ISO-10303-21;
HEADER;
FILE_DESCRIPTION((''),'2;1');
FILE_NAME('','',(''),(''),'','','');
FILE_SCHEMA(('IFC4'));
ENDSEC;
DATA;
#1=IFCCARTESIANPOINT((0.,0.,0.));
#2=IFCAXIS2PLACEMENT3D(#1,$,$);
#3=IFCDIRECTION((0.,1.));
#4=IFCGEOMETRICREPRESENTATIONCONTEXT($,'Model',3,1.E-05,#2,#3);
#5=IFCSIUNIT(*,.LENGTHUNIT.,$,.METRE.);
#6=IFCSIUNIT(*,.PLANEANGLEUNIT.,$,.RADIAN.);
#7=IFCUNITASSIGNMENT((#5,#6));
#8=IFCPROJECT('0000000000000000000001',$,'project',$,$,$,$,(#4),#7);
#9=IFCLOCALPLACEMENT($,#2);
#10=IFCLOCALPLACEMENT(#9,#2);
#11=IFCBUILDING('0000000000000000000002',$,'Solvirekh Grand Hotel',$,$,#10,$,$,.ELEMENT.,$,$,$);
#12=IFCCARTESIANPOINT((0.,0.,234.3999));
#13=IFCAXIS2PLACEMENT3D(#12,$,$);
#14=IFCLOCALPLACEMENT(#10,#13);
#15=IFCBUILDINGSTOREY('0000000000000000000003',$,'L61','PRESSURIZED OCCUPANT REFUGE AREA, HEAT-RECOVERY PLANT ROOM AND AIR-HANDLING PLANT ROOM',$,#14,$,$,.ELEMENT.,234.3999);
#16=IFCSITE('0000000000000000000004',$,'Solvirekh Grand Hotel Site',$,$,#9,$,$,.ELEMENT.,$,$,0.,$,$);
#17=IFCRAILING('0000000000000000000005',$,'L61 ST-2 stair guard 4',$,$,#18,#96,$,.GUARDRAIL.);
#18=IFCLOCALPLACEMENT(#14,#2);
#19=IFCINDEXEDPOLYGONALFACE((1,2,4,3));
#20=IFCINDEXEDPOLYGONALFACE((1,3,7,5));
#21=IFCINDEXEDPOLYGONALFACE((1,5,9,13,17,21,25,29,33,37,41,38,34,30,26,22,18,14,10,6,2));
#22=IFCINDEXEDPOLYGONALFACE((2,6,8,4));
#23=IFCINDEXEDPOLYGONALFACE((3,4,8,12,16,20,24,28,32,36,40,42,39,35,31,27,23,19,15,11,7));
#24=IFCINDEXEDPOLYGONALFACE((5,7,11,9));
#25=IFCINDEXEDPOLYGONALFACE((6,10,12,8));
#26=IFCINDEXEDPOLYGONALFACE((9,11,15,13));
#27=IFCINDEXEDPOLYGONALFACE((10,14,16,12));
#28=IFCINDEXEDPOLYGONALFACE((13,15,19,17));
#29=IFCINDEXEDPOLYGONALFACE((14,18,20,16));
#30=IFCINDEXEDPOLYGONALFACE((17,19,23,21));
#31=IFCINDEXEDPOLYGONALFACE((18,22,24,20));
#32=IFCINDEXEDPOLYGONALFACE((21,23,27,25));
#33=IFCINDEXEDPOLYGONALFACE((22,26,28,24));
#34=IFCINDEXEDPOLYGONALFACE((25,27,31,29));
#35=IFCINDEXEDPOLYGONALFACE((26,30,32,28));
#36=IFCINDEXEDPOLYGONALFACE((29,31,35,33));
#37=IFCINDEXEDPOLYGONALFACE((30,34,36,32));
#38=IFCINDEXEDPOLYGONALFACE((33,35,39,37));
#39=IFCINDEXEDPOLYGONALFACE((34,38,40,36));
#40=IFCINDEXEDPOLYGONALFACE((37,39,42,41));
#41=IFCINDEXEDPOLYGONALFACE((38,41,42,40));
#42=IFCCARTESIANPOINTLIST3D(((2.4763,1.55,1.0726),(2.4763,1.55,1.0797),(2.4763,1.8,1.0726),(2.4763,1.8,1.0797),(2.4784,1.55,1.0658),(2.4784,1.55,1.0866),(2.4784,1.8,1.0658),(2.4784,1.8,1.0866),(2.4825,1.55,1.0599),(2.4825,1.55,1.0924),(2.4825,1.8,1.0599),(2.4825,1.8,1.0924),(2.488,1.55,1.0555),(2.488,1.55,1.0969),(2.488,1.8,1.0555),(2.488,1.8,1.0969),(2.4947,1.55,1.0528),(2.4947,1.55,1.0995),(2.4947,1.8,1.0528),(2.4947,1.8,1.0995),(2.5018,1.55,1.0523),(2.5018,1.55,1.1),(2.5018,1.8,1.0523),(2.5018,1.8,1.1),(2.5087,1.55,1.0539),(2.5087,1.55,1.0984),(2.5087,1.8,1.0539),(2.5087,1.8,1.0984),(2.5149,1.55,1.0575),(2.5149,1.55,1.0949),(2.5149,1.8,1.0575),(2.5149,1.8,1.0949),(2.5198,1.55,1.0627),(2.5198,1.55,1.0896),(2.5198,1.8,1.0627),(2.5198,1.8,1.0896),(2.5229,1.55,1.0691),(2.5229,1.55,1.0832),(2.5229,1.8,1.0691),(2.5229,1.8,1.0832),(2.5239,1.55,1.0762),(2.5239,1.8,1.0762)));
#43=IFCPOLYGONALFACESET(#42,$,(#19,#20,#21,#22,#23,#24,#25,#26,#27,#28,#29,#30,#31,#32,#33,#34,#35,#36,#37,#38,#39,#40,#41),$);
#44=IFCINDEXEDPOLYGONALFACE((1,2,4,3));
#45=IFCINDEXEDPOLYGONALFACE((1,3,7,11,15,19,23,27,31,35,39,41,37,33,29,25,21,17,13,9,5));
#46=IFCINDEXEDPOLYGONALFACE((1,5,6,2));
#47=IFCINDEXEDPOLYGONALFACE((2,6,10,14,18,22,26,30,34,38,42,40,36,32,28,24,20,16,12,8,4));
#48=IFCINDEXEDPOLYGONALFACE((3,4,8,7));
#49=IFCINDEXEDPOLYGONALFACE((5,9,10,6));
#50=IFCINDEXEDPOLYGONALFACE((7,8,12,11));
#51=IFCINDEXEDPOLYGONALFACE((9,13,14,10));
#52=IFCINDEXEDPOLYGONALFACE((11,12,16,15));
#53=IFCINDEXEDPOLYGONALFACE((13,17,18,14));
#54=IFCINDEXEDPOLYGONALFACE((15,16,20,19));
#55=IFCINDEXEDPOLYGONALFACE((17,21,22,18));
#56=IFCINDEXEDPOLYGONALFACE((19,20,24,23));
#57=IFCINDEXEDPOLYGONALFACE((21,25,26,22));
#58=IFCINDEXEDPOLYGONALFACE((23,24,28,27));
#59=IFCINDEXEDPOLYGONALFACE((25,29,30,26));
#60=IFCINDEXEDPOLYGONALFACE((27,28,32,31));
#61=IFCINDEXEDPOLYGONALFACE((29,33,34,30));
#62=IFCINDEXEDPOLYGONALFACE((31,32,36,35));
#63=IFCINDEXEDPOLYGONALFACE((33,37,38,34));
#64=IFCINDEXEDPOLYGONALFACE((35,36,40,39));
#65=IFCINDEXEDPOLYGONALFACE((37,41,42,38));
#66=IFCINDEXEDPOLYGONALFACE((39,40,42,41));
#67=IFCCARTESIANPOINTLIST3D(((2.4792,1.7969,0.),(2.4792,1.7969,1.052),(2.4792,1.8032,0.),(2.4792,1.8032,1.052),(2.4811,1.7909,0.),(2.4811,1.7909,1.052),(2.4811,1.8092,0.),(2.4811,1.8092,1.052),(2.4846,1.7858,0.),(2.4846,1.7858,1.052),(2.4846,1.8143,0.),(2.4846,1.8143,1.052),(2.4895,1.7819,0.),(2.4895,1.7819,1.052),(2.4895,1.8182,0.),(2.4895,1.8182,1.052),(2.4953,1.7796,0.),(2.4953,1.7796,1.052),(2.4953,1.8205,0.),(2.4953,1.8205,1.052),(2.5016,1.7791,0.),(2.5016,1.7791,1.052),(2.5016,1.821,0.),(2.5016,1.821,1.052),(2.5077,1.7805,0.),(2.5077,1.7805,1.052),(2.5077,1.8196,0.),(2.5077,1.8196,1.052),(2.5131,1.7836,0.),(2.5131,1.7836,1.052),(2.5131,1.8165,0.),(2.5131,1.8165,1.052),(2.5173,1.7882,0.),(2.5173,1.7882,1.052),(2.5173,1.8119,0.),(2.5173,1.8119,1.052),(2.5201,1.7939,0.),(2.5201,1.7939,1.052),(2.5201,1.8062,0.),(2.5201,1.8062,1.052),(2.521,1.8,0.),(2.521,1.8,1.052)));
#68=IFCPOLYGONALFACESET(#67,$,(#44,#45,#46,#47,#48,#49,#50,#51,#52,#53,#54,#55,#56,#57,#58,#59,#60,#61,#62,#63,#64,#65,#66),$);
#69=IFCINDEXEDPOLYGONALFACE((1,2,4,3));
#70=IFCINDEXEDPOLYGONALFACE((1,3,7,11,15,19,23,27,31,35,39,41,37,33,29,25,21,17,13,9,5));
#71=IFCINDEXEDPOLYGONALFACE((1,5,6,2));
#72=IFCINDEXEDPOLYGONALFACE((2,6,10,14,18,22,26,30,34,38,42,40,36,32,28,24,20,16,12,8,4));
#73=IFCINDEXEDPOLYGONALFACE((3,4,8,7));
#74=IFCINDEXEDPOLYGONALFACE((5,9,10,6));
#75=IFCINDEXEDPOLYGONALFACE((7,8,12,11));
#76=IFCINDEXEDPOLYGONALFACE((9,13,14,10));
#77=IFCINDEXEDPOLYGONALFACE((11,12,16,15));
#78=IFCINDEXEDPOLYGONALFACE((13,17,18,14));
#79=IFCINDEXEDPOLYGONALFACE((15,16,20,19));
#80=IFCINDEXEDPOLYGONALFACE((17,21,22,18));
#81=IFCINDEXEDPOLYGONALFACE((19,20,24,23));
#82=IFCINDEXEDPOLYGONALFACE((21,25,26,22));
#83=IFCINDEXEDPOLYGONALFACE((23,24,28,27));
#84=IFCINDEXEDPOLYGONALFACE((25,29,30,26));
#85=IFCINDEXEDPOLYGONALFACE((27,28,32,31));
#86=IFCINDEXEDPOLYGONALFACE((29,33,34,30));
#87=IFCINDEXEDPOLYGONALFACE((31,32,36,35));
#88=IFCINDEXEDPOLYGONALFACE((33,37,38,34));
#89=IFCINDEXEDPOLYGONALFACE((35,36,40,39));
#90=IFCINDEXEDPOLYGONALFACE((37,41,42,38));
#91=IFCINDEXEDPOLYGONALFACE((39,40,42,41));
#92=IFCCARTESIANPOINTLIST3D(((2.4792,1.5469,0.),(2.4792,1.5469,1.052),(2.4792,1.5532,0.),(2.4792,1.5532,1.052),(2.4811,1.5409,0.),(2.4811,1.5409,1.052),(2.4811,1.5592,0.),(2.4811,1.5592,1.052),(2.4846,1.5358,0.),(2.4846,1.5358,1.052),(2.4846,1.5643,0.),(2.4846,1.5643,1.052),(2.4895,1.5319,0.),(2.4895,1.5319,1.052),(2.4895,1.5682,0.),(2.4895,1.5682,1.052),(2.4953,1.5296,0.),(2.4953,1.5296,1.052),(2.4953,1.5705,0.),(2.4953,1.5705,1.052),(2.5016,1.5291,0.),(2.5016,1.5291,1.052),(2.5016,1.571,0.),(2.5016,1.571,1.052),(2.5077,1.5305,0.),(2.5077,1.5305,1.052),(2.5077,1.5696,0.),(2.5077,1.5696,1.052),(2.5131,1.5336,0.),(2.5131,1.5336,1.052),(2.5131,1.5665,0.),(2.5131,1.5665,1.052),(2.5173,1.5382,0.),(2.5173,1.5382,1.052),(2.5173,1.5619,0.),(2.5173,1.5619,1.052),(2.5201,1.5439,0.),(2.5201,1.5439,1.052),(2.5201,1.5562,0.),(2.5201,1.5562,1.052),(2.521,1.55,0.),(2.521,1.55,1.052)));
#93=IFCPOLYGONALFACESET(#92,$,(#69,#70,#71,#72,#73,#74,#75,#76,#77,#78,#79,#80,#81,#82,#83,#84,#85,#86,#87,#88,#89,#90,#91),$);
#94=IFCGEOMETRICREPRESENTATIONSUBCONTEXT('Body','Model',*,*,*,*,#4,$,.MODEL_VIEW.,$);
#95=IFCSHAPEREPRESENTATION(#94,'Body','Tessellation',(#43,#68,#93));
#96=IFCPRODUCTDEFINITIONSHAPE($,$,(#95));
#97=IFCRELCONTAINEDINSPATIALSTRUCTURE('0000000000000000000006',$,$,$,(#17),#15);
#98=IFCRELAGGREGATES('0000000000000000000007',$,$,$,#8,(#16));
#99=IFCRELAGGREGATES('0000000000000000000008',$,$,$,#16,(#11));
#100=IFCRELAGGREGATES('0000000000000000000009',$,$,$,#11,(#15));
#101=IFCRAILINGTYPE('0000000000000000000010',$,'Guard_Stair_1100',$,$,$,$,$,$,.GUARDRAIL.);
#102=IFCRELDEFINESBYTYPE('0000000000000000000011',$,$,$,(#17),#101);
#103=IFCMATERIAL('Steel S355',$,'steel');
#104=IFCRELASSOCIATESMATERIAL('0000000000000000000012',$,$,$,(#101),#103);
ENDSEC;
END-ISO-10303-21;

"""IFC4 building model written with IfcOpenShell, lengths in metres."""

from ifc_helpers import new_model, si_unit, direction, frame, origin, origin_2d, place, context, subcontext, project, spatial, circle, extrude, material, type_object, element, save


model = new_model("IFC4")

# Units and contexts
model_context = context("Model", 3, precision=1e-05, world=origin(), true_north=direction((0.0, 1.0)))
body_context = subcontext(model_context, "Body", "Model", "MODEL_VIEW")
ifc_project = project(units=[si_unit("LENGTHUNIT", "METRE"), si_unit("PLANEANGLEUNIT", "RADIAN")], contexts=[model_context])

# Site, building, storey
site_placement = place(None, origin())
site = spatial("IfcSite", under=ifc_project, at=site_placement, Name="Solvirekh Grand Hotel Site", CompositionType="ELEMENT", RefElevation=0.0)
building_placement = place(site_placement, origin())
building = spatial("IfcBuilding", under=site, at=building_placement, Name="Solvirekh Grand Hotel", CompositionType="ELEMENT")
storey_placement = place(building_placement, frame((0.0, 0.0, 234.3999)))
storey = spatial("IfcBuildingStorey", under=building, at=storey_placement, Name="L61", Description="PRESSURIZED OCCUPANT REFUGE AREA, HEAT-RECOVERY PLANT ROOM AND AIR-HANDLING PLANT ROOM", CompositionType="ELEMENT", Elevation=234.3999)

# Shared definitions
ifc_material_1 = material(Name="Steel S355", Category="steel")

# Railing
railing_type_1 = type_object("IfcRailingType", Name="Guard_Stair_1100", PredefinedType="GUARDRAIL", material=ifc_material_1)
railing_1_placement = place(storey_placement, frame((2.5, 1.8, 0.0)))
element("IfcRailing", 1, at=railing_1_placement, inside=storey, type_object=railing_type_1, Name="L61 ST-2 stair guard 4", PredefinedType="GUARDRAIL", context=body_context, shape_type="SweptSolid", body=[
    extrude(circle(Radius=0.0239, at=origin_2d()), frame((0.0, 0.0, 1.0762), z_axis=(0.0, -1.0, 0.0), x_axis=(1.0, 0.0, 0.0)), (0.0, 0.0, 1.0), 0.25),
    extrude(circle(Radius=0.021, at=origin_2d()), origin(), (0.0, 0.0, 1.0), 1.052),
    extrude(circle(Radius=0.021, at=origin_2d()), frame((0.0, -0.25, 0.0)), (0.0, 0.0, 1.0), 1.052),
])

save(model, "model.ifc")
